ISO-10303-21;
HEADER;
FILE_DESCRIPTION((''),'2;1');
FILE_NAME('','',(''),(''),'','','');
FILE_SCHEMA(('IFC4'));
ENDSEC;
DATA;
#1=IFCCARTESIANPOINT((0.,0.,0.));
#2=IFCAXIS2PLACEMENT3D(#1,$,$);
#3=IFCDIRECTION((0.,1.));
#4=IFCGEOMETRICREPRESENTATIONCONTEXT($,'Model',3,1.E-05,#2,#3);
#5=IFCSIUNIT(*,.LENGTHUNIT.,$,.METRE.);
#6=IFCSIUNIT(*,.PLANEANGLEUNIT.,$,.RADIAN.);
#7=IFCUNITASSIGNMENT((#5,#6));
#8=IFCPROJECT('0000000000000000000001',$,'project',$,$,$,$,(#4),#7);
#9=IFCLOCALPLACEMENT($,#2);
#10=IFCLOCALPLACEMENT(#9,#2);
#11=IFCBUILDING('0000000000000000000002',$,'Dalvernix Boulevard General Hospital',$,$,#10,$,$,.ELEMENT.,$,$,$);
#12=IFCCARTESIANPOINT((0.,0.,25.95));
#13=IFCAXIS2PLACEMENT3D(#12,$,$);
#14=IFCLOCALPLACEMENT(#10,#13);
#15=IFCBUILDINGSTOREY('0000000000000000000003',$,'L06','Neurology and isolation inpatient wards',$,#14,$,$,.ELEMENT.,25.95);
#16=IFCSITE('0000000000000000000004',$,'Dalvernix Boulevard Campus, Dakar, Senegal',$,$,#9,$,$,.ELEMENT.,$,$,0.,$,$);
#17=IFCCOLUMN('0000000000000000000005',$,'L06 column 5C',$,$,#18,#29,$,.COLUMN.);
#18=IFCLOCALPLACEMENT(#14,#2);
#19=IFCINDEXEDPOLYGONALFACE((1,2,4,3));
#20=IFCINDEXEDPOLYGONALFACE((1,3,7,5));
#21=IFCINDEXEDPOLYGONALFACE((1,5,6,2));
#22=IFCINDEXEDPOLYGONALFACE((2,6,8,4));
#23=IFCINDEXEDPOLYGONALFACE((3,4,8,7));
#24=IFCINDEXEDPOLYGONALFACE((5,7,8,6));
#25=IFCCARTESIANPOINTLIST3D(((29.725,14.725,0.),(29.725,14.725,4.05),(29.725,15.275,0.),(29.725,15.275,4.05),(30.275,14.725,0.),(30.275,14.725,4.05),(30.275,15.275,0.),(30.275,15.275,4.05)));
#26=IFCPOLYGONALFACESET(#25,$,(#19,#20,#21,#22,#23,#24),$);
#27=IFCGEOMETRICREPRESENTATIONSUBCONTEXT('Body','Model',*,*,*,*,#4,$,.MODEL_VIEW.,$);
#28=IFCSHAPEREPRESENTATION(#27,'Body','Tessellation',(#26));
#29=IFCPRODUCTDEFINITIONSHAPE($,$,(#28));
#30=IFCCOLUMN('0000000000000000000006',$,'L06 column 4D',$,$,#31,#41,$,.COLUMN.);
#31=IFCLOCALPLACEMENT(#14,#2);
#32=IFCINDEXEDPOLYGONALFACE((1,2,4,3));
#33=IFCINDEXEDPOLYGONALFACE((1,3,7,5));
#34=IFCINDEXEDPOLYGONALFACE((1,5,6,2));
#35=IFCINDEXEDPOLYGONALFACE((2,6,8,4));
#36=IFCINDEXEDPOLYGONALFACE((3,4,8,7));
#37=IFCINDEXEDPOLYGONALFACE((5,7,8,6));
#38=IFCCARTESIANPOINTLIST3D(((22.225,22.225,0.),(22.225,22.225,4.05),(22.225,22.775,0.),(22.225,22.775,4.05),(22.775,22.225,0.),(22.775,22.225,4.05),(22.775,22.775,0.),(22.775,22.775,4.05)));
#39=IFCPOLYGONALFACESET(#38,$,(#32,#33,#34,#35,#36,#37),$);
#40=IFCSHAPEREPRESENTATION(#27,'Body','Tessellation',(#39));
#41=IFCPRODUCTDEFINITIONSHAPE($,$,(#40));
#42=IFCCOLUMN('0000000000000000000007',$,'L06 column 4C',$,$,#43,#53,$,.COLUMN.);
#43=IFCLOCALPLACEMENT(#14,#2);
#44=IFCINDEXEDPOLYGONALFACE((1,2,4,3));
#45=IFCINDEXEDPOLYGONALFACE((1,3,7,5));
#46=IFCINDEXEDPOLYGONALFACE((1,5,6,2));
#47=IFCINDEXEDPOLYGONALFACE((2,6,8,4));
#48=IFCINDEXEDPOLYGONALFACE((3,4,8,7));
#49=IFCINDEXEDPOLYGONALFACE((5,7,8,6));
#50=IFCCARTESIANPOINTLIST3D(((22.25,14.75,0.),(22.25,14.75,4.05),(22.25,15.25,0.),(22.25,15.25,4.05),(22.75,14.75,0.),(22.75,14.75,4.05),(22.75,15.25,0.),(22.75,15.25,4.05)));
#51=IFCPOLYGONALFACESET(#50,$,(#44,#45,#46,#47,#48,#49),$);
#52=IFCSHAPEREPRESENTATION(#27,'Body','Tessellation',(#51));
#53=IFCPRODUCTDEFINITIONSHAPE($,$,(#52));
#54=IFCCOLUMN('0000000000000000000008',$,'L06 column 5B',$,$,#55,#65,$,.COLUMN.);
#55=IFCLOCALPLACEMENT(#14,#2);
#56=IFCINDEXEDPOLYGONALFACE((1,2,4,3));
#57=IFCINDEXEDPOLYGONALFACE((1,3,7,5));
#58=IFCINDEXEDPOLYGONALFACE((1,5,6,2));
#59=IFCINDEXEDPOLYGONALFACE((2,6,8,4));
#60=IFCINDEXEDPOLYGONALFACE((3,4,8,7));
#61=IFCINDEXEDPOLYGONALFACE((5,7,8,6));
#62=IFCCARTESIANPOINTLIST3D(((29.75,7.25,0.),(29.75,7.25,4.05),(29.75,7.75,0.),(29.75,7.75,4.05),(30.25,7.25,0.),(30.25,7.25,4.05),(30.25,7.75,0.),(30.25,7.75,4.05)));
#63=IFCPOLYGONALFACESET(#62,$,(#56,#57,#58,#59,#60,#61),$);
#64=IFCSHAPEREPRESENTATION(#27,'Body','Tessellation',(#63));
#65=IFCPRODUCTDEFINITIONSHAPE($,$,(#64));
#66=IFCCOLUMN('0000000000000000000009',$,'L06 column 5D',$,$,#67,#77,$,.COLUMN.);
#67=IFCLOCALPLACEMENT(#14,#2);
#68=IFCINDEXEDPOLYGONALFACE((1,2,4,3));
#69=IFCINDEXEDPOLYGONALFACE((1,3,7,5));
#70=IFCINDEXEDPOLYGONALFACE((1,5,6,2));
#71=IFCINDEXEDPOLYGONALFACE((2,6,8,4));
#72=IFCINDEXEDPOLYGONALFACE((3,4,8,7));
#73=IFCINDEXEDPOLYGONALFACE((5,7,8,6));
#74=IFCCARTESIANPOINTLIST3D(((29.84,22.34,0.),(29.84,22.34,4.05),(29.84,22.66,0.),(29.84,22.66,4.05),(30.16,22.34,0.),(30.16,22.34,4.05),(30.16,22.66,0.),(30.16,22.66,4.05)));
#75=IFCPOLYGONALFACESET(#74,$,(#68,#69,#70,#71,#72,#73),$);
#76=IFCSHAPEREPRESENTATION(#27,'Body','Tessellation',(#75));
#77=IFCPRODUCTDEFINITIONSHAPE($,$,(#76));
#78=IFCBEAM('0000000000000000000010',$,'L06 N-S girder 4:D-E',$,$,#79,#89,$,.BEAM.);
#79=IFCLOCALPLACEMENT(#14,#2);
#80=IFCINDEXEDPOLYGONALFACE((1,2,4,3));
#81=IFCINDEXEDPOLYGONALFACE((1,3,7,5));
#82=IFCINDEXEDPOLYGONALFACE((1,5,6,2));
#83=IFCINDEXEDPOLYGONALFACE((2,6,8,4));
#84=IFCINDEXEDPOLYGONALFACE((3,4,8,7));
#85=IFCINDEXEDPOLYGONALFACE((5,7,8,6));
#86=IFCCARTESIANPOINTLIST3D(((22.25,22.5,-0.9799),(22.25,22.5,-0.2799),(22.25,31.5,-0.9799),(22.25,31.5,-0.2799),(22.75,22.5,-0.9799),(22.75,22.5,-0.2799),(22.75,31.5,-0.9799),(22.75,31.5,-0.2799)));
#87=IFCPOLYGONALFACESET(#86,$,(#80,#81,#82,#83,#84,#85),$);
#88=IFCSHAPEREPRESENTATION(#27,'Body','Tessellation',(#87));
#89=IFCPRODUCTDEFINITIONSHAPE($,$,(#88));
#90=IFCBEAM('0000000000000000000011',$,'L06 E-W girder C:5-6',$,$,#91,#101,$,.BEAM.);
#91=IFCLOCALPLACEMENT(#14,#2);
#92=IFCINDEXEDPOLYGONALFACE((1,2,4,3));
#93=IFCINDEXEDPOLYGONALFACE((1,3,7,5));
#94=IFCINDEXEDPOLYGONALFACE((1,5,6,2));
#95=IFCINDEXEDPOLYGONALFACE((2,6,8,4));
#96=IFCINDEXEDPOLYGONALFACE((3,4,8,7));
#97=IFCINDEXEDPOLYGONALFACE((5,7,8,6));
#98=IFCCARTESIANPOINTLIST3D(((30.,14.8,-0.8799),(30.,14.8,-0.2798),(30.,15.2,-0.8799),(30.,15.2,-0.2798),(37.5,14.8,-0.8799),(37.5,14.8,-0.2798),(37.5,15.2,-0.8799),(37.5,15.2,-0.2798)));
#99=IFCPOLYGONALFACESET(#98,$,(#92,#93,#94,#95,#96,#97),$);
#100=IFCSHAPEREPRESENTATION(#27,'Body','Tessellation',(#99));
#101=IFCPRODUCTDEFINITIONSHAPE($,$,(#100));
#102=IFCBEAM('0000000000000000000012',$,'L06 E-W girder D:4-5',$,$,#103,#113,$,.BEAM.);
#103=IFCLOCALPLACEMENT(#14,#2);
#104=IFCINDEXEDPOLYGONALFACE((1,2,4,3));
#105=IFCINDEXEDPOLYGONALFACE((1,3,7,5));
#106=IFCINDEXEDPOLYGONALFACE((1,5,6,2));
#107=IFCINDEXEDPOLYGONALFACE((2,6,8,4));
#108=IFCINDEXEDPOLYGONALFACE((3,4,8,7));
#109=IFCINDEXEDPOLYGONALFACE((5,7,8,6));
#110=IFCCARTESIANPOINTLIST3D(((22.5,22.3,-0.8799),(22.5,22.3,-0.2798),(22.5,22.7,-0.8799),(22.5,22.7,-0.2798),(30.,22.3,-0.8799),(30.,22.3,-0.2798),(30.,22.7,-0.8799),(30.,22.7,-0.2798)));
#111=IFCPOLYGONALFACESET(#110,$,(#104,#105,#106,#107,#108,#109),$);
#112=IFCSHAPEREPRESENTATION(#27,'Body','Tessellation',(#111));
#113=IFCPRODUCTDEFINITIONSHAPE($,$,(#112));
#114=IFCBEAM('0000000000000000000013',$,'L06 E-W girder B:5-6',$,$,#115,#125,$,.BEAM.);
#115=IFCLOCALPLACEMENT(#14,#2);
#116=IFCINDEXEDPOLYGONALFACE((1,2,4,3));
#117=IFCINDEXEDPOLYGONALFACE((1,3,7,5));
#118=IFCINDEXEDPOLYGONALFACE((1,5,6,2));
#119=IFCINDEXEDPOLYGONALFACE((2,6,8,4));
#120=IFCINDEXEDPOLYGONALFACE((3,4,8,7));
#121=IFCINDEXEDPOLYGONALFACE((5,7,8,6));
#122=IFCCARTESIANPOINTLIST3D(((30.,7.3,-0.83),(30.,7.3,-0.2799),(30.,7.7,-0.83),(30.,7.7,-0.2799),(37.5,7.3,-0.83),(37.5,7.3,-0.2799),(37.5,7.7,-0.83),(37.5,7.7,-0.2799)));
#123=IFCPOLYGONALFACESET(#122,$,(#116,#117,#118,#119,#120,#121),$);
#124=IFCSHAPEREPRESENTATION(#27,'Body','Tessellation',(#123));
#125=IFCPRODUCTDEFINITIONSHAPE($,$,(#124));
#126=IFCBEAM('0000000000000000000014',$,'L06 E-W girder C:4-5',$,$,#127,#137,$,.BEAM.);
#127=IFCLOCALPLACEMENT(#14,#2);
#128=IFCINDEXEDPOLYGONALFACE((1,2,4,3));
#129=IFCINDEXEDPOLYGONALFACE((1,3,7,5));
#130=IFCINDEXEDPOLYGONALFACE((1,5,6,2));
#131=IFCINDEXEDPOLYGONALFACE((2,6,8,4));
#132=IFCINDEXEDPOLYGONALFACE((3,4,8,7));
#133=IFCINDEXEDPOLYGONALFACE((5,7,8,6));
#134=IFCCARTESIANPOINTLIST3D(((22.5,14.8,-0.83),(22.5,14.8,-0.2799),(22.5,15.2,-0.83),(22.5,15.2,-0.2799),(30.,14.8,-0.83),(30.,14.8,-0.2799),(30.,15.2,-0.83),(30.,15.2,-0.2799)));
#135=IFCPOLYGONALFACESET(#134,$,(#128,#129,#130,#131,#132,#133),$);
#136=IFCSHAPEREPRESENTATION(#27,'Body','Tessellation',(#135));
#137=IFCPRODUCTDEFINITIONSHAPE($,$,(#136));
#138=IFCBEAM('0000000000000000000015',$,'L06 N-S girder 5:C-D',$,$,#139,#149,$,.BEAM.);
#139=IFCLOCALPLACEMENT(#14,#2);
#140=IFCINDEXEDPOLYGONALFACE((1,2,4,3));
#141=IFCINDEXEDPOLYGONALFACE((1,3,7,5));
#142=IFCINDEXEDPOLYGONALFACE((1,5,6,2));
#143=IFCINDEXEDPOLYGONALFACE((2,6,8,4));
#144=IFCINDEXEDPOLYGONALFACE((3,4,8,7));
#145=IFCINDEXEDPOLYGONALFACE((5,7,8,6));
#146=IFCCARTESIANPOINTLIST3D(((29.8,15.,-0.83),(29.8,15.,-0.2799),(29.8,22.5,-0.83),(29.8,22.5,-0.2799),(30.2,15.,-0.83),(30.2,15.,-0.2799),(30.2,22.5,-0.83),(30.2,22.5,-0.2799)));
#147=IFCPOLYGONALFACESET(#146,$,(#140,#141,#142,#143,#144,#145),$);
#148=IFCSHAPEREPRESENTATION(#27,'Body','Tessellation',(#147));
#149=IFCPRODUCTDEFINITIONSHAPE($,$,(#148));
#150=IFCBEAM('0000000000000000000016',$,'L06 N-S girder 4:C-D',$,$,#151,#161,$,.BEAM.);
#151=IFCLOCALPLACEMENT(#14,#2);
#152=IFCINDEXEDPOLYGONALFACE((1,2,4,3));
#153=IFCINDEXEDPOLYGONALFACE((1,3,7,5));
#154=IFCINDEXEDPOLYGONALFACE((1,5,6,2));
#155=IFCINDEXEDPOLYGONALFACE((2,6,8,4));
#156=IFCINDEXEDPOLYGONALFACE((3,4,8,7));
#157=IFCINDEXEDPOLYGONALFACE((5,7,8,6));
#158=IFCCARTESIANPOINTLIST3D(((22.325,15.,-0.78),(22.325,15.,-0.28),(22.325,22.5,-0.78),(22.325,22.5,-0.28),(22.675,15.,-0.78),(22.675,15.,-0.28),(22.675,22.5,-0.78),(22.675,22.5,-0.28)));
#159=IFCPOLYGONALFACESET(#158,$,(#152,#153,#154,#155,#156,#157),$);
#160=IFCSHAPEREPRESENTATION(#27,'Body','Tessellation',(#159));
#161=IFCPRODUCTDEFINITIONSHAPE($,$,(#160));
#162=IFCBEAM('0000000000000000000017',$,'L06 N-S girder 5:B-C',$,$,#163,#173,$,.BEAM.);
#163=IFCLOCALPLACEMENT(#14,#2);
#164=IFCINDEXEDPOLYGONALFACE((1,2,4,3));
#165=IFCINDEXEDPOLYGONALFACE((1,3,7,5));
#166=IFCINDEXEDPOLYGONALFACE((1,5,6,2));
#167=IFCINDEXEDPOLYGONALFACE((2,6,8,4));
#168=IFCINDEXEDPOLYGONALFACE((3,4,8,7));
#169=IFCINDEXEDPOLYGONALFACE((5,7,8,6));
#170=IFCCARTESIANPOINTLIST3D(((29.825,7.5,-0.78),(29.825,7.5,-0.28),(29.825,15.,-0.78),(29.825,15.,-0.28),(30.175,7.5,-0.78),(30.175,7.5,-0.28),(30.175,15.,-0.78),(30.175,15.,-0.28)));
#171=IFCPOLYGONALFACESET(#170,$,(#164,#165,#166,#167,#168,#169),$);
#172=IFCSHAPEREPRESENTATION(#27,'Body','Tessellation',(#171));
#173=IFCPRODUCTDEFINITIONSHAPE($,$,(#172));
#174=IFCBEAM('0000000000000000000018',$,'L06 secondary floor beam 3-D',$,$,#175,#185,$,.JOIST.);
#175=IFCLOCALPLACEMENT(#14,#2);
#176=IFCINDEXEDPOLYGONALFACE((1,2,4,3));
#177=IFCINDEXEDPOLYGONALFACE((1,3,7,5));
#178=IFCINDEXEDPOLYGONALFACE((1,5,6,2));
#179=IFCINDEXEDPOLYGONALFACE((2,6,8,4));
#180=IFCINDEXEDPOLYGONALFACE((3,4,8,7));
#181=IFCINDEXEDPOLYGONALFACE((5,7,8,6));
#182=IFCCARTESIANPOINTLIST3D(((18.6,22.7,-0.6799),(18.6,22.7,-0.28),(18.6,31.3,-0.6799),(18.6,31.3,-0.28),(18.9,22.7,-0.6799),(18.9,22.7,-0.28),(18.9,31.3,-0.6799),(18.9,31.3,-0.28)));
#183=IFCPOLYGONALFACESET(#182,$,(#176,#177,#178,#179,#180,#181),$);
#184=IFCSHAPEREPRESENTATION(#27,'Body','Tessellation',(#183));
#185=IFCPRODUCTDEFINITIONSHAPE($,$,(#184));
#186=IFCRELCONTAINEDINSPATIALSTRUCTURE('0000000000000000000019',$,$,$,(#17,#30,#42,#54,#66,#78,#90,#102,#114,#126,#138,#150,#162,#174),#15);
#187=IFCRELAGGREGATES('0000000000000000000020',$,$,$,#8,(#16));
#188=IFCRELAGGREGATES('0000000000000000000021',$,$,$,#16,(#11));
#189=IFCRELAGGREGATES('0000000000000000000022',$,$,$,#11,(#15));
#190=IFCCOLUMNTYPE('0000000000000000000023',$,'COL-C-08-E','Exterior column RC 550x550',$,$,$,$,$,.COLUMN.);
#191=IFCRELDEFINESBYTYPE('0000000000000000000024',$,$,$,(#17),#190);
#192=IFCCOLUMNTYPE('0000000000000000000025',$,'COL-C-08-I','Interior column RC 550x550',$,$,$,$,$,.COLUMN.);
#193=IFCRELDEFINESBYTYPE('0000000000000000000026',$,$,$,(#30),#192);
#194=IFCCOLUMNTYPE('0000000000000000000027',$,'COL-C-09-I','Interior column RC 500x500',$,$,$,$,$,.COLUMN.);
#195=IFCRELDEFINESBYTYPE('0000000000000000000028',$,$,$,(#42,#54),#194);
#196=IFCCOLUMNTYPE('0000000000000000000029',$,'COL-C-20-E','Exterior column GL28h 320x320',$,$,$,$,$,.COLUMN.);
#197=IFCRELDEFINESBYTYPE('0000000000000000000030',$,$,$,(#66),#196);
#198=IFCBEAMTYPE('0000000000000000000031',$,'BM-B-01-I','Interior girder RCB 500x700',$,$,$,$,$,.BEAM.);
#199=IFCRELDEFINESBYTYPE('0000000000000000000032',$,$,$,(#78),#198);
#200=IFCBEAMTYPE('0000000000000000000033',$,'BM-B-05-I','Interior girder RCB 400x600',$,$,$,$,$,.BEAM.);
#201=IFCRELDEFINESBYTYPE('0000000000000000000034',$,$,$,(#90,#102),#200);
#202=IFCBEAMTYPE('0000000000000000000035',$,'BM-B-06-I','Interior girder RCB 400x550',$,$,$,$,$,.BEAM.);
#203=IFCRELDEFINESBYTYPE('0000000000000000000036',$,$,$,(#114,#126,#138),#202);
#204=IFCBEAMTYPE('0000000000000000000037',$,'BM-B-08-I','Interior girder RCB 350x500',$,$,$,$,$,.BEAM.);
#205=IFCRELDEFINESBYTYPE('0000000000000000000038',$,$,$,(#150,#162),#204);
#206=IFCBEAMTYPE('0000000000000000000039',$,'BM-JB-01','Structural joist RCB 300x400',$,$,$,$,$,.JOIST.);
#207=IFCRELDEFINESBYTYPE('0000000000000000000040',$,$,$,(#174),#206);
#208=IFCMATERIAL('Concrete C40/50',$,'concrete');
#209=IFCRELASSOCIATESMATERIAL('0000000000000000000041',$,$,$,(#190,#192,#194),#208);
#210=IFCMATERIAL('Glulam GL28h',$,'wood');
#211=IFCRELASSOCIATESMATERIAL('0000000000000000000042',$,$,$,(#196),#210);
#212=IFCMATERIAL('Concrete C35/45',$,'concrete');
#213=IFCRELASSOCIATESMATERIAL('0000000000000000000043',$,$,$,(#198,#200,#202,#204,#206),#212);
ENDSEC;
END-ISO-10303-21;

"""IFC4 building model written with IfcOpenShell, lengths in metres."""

from ifc_helpers import new_model, si_unit, direction, frame, origin, origin_2d, place, context, subcontext, project, spatial, rectangle, extrude, material, material_profile, profile_set, type_object, element, save


model = new_model("IFC4")

# Units and contexts
model_context = context("Model", 3, precision=1e-05, world=origin(), true_north=direction((0.0, 1.0)))
body_context = subcontext(model_context, "Body", "Model", "MODEL_VIEW")
ifc_project = project(units=[si_unit("LENGTHUNIT", "METRE"), si_unit("PLANEANGLEUNIT", "RADIAN")], contexts=[model_context])

# Site, building, storey
site_placement = place(None, origin())
site = spatial("IfcSite", under=ifc_project, at=site_placement, Name="Dalvernix Boulevard Campus, Dakar, Senegal", CompositionType="ELEMENT", RefElevation=0.0)
building_placement = place(site_placement, origin())
building = spatial("IfcBuilding", under=site, at=building_placement, Name="Dalvernix Boulevard General Hospital", CompositionType="ELEMENT")
storey_placement = place(building_placement, frame((0.0, 0.0, 25.95)))
storey = spatial("IfcBuildingStorey", under=building, at=storey_placement, Name="L06", Description="Neurology and isolation inpatient wards", CompositionType="ELEMENT", Elevation=25.95)

# Columns
ifc_material_1 = material(Name="Concrete C40/50", Category="concrete")
ifc_material_profile_1 = material_profile(ifc_material_1, rectangle(XDim=0.55, YDim=0.55, at=origin_2d()), Name="RC 550x550")
ifc_profile_set_1 = profile_set([ifc_material_profile_1], Name="Concrete C40/50")
column_type_1 = type_object("IfcColumnType", Name="COL-C-08-E", Description="Exterior column RC 550x550", PredefinedType="COLUMN", material=ifc_profile_set_1)
column_1_placement = place(storey_placement, frame((30.0, 15.0, 0.0), z_axis=(0.0, 0.0, 1.0), x_axis=(1.0, 0.0, 0.0)))
element("IfcColumn", 1, at=column_1_placement, inside=storey, type_object=column_type_1, Name="L06 column 5C", PredefinedType="COLUMN", context=body_context, shape_type="SweptSolid", body=[
    extrude(rectangle(XDim=0.55, YDim=0.55, at=origin_2d()), origin(), (0.0, 0.0, 1.0), 4.05),
])
ifc_material_profile_2 = material_profile(ifc_material_1, rectangle(XDim=0.55, YDim=0.55, at=origin_2d()), Name="RC 550x550")
ifc_profile_set_2 = profile_set([ifc_material_profile_2], Name="Concrete C40/50")
column_type_2 = type_object("IfcColumnType", Name="COL-C-08-I", Description="Interior column RC 550x550", PredefinedType="COLUMN", material=ifc_profile_set_2)
column_2_placement = place(storey_placement, frame((22.5, 22.5, 0.0), z_axis=(0.0, 0.0, 1.0), x_axis=(1.0, 0.0, 0.0)))
element("IfcColumn", 2, at=column_2_placement, inside=storey, type_object=column_type_2, Name="L06 column 4D", PredefinedType="COLUMN", context=body_context, shape_type="SweptSolid", body=[
    extrude(rectangle(XDim=0.55, YDim=0.55, at=origin_2d()), origin(), (0.0, 0.0, 1.0), 4.05),
])
ifc_material_profile_3 = material_profile(ifc_material_1, rectangle(XDim=0.5, YDim=0.5, at=origin_2d()), Name="RC 500x500")
ifc_profile_set_3 = profile_set([ifc_material_profile_3], Name="Concrete C40/50")
column_type_3 = type_object("IfcColumnType", Name="COL-C-09-I", Description="Interior column RC 500x500", PredefinedType="COLUMN", material=ifc_profile_set_3)
for number, where, z_axis, x_axis, name in (
    (3, (22.5, 15.0, 0.0), (0.0, 0.0, 1.0), (1.0, 0.0, 0.0), "L06 column 4C"),
    (4, (30.0, 7.5, 0.0), (0.0, 0.0, 1.0), (1.0, 0.0, 0.0), "L06 column 5B"),
):
    element("IfcColumn", number, at=place(storey_placement, frame(where, z_axis=z_axis, x_axis=x_axis)), inside=storey, type_object=column_type_3, Name=name, PredefinedType="COLUMN", context=body_context, shape_type="SweptSolid", body=[
        extrude(rectangle(XDim=0.5, YDim=0.5, at=origin_2d()), origin(), (0.0, 0.0, 1.0), 4.05),
    ])
ifc_material_2 = material(Name="Glulam GL28h", Category="wood")
ifc_material_profile_4 = material_profile(ifc_material_2, rectangle(XDim=0.3201, YDim=0.3201, at=origin_2d()), Name="GL28h 320x320")
ifc_profile_set_4 = profile_set([ifc_material_profile_4], Name="Glulam GL28h")
column_type_4 = type_object("IfcColumnType", Name="COL-C-20-E", Description="Exterior column GL28h 320x320", PredefinedType="COLUMN", material=ifc_profile_set_4)
column_3_placement = place(storey_placement, frame((30.0, 22.5, 0.0), z_axis=(0.0, 0.0, 1.0), x_axis=(1.0, 0.0, 0.0)))
element("IfcColumn", 5, at=column_3_placement, inside=storey, type_object=column_type_4, Name="L06 column 5D", PredefinedType="COLUMN", context=body_context, shape_type="SweptSolid", body=[
    extrude(rectangle(XDim=0.3201, YDim=0.3201, at=origin_2d()), origin(), (0.0, 0.0, 1.0), 4.05),
])

# Beams
ifc_material_3 = material(Name="Concrete C35/45", Category="concrete")
ifc_material_profile_5 = material_profile(ifc_material_3, rectangle(XDim=0.5, YDim=0.7, at=origin_2d()), Name="RCB 500x700")
ifc_profile_set_5 = profile_set([ifc_material_profile_5], Name="Concrete C35/45")
beam_type_1 = type_object("IfcBeamType", Name="BM-B-01-I", Description="Interior girder RCB 500x700", PredefinedType="BEAM", material=ifc_profile_set_5)
beam_1_placement = place(storey_placement, frame((22.5, 22.5, -0.6299), z_axis=(0.0, 1.0, 0.0), x_axis=(-1.0, 0.0, 0.0)))
element("IfcBeam", 6, at=beam_1_placement, inside=storey, type_object=beam_type_1, Name="L06 N-S girder 4:D-E", PredefinedType="BEAM", context=body_context, shape_type="SweptSolid", body=[
    extrude(rectangle(XDim=0.5, YDim=0.7, at=origin_2d()), origin(), (0.0, 0.0, 1.0), 9.0),
])
ifc_material_profile_6 = material_profile(ifc_material_3, rectangle(XDim=0.3999, YDim=0.6001, at=origin_2d()), Name="RCB 400x600")
ifc_profile_set_6 = profile_set([ifc_material_profile_6], Name="Concrete C35/45")
beam_type_2 = type_object("IfcBeamType", Name="BM-B-05-I", Description="Interior girder RCB 400x600", PredefinedType="BEAM", material=ifc_profile_set_6)
for number, where, z_axis, x_axis, name in (
    (7, (30.0, 15.0, -0.5798), (1.0, 0.0, 0.0), (0.0, 1.0, 0.0), "L06 E-W girder C:5-6"),
    (8, (22.5, 22.5, -0.5798), (1.0, 0.0, 0.0), (0.0, 1.0, 0.0), "L06 E-W girder D:4-5"),
):
    element("IfcBeam", number, at=place(storey_placement, frame(where, z_axis=z_axis, x_axis=x_axis)), inside=storey, type_object=beam_type_2, Name=name, PredefinedType="BEAM", context=body_context, shape_type="SweptSolid", body=[
        extrude(rectangle(XDim=0.3999, YDim=0.6001, at=origin_2d()), origin(), (0.0, 0.0, 1.0), 7.5),
    ])
ifc_material_profile_7 = material_profile(ifc_material_3, rectangle(XDim=0.3999, YDim=0.55, at=origin_2d()), Name="RCB 400x550")
ifc_profile_set_7 = profile_set([ifc_material_profile_7], Name="Concrete C35/45")
beam_type_3 = type_object("IfcBeamType", Name="BM-B-06-I", Description="Interior girder RCB 400x550", PredefinedType="BEAM", material=ifc_profile_set_7)
for number, where, z_axis, x_axis, name in (
    (9, (30.0, 7.5, -0.5549), (1.0, 0.0, 0.0), (0.0, 1.0, 0.0), "L06 E-W girder B:5-6"),
    (10, (22.5, 15.0, -0.5549), (1.0, 0.0, 0.0), (0.0, 1.0, 0.0), "L06 E-W girder C:4-5"),
    (11, (30.0, 15.0, -0.5549), (0.0, 1.0, 0.0), (-1.0, 0.0, 0.0), "L06 N-S girder 5:C-D"),
):
    element("IfcBeam", number, at=place(storey_placement, frame(where, z_axis=z_axis, x_axis=x_axis)), inside=storey, type_object=beam_type_3, Name=name, PredefinedType="BEAM", context=body_context, shape_type="SweptSolid", body=[
        extrude(rectangle(XDim=0.3999, YDim=0.55, at=origin_2d()), origin(), (0.0, 0.0, 1.0), 7.5),
    ])
ifc_material_profile_8 = material_profile(ifc_material_3, rectangle(XDim=0.3501, YDim=0.5, at=origin_2d()), Name="RCB 350x500")
ifc_profile_set_8 = profile_set([ifc_material_profile_8], Name="Concrete C35/45")
beam_type_4 = type_object("IfcBeamType", Name="BM-B-08-I", Description="Interior girder RCB 350x500", PredefinedType="BEAM", material=ifc_profile_set_8)
for number, where, z_axis, x_axis, name in (
    (12, (22.5, 15.0, -0.53), (0.0, 1.0, 0.0), (-1.0, 0.0, 0.0), "L06 N-S girder 4:C-D"),
    (13, (30.0, 7.5, -0.53), (0.0, 1.0, 0.0), (-1.0, 0.0, 0.0), "L06 N-S girder 5:B-C"),
):
    element("IfcBeam", number, at=place(storey_placement, frame(where, z_axis=z_axis, x_axis=x_axis)), inside=storey, type_object=beam_type_4, Name=name, PredefinedType="BEAM", context=body_context, shape_type="SweptSolid", body=[
        extrude(rectangle(XDim=0.3501, YDim=0.5, at=origin_2d()), origin(), (0.0, 0.0, 1.0), 7.5),
    ])
ifc_material_profile_9 = material_profile(ifc_material_3, rectangle(XDim=0.3, YDim=0.3999, at=origin_2d()), Name="RCB 300x400")
ifc_profile_set_9 = profile_set([ifc_material_profile_9], Name="Concrete C35/45")
beam_type_5 = type_object("IfcBeamType", Name="BM-JB-01", Description="Structural joist RCB 300x400", PredefinedType="JOIST", material=ifc_profile_set_9)
for number, where, z_axis, x_axis, name in (
    (14, (18.75, 22.7, -0.48), (0.0, 1.0, 0.0), (-1.0, 0.0, 0.0), "L06 secondary floor beam 3-D"),
):
    element("IfcBeam", number, at=place(storey_placement, frame(where, z_axis=z_axis, x_axis=x_axis)), inside=storey, type_object=beam_type_5, Name=name, PredefinedType="JOIST", context=body_context, shape_type="SweptSolid", body=[
        extrude(rectangle(XDim=0.3, YDim=0.3999, at=origin_2d()), origin(), (0.0, 0.0, 1.0), 8.6001),
    ])

save(model, "model.ifc")
